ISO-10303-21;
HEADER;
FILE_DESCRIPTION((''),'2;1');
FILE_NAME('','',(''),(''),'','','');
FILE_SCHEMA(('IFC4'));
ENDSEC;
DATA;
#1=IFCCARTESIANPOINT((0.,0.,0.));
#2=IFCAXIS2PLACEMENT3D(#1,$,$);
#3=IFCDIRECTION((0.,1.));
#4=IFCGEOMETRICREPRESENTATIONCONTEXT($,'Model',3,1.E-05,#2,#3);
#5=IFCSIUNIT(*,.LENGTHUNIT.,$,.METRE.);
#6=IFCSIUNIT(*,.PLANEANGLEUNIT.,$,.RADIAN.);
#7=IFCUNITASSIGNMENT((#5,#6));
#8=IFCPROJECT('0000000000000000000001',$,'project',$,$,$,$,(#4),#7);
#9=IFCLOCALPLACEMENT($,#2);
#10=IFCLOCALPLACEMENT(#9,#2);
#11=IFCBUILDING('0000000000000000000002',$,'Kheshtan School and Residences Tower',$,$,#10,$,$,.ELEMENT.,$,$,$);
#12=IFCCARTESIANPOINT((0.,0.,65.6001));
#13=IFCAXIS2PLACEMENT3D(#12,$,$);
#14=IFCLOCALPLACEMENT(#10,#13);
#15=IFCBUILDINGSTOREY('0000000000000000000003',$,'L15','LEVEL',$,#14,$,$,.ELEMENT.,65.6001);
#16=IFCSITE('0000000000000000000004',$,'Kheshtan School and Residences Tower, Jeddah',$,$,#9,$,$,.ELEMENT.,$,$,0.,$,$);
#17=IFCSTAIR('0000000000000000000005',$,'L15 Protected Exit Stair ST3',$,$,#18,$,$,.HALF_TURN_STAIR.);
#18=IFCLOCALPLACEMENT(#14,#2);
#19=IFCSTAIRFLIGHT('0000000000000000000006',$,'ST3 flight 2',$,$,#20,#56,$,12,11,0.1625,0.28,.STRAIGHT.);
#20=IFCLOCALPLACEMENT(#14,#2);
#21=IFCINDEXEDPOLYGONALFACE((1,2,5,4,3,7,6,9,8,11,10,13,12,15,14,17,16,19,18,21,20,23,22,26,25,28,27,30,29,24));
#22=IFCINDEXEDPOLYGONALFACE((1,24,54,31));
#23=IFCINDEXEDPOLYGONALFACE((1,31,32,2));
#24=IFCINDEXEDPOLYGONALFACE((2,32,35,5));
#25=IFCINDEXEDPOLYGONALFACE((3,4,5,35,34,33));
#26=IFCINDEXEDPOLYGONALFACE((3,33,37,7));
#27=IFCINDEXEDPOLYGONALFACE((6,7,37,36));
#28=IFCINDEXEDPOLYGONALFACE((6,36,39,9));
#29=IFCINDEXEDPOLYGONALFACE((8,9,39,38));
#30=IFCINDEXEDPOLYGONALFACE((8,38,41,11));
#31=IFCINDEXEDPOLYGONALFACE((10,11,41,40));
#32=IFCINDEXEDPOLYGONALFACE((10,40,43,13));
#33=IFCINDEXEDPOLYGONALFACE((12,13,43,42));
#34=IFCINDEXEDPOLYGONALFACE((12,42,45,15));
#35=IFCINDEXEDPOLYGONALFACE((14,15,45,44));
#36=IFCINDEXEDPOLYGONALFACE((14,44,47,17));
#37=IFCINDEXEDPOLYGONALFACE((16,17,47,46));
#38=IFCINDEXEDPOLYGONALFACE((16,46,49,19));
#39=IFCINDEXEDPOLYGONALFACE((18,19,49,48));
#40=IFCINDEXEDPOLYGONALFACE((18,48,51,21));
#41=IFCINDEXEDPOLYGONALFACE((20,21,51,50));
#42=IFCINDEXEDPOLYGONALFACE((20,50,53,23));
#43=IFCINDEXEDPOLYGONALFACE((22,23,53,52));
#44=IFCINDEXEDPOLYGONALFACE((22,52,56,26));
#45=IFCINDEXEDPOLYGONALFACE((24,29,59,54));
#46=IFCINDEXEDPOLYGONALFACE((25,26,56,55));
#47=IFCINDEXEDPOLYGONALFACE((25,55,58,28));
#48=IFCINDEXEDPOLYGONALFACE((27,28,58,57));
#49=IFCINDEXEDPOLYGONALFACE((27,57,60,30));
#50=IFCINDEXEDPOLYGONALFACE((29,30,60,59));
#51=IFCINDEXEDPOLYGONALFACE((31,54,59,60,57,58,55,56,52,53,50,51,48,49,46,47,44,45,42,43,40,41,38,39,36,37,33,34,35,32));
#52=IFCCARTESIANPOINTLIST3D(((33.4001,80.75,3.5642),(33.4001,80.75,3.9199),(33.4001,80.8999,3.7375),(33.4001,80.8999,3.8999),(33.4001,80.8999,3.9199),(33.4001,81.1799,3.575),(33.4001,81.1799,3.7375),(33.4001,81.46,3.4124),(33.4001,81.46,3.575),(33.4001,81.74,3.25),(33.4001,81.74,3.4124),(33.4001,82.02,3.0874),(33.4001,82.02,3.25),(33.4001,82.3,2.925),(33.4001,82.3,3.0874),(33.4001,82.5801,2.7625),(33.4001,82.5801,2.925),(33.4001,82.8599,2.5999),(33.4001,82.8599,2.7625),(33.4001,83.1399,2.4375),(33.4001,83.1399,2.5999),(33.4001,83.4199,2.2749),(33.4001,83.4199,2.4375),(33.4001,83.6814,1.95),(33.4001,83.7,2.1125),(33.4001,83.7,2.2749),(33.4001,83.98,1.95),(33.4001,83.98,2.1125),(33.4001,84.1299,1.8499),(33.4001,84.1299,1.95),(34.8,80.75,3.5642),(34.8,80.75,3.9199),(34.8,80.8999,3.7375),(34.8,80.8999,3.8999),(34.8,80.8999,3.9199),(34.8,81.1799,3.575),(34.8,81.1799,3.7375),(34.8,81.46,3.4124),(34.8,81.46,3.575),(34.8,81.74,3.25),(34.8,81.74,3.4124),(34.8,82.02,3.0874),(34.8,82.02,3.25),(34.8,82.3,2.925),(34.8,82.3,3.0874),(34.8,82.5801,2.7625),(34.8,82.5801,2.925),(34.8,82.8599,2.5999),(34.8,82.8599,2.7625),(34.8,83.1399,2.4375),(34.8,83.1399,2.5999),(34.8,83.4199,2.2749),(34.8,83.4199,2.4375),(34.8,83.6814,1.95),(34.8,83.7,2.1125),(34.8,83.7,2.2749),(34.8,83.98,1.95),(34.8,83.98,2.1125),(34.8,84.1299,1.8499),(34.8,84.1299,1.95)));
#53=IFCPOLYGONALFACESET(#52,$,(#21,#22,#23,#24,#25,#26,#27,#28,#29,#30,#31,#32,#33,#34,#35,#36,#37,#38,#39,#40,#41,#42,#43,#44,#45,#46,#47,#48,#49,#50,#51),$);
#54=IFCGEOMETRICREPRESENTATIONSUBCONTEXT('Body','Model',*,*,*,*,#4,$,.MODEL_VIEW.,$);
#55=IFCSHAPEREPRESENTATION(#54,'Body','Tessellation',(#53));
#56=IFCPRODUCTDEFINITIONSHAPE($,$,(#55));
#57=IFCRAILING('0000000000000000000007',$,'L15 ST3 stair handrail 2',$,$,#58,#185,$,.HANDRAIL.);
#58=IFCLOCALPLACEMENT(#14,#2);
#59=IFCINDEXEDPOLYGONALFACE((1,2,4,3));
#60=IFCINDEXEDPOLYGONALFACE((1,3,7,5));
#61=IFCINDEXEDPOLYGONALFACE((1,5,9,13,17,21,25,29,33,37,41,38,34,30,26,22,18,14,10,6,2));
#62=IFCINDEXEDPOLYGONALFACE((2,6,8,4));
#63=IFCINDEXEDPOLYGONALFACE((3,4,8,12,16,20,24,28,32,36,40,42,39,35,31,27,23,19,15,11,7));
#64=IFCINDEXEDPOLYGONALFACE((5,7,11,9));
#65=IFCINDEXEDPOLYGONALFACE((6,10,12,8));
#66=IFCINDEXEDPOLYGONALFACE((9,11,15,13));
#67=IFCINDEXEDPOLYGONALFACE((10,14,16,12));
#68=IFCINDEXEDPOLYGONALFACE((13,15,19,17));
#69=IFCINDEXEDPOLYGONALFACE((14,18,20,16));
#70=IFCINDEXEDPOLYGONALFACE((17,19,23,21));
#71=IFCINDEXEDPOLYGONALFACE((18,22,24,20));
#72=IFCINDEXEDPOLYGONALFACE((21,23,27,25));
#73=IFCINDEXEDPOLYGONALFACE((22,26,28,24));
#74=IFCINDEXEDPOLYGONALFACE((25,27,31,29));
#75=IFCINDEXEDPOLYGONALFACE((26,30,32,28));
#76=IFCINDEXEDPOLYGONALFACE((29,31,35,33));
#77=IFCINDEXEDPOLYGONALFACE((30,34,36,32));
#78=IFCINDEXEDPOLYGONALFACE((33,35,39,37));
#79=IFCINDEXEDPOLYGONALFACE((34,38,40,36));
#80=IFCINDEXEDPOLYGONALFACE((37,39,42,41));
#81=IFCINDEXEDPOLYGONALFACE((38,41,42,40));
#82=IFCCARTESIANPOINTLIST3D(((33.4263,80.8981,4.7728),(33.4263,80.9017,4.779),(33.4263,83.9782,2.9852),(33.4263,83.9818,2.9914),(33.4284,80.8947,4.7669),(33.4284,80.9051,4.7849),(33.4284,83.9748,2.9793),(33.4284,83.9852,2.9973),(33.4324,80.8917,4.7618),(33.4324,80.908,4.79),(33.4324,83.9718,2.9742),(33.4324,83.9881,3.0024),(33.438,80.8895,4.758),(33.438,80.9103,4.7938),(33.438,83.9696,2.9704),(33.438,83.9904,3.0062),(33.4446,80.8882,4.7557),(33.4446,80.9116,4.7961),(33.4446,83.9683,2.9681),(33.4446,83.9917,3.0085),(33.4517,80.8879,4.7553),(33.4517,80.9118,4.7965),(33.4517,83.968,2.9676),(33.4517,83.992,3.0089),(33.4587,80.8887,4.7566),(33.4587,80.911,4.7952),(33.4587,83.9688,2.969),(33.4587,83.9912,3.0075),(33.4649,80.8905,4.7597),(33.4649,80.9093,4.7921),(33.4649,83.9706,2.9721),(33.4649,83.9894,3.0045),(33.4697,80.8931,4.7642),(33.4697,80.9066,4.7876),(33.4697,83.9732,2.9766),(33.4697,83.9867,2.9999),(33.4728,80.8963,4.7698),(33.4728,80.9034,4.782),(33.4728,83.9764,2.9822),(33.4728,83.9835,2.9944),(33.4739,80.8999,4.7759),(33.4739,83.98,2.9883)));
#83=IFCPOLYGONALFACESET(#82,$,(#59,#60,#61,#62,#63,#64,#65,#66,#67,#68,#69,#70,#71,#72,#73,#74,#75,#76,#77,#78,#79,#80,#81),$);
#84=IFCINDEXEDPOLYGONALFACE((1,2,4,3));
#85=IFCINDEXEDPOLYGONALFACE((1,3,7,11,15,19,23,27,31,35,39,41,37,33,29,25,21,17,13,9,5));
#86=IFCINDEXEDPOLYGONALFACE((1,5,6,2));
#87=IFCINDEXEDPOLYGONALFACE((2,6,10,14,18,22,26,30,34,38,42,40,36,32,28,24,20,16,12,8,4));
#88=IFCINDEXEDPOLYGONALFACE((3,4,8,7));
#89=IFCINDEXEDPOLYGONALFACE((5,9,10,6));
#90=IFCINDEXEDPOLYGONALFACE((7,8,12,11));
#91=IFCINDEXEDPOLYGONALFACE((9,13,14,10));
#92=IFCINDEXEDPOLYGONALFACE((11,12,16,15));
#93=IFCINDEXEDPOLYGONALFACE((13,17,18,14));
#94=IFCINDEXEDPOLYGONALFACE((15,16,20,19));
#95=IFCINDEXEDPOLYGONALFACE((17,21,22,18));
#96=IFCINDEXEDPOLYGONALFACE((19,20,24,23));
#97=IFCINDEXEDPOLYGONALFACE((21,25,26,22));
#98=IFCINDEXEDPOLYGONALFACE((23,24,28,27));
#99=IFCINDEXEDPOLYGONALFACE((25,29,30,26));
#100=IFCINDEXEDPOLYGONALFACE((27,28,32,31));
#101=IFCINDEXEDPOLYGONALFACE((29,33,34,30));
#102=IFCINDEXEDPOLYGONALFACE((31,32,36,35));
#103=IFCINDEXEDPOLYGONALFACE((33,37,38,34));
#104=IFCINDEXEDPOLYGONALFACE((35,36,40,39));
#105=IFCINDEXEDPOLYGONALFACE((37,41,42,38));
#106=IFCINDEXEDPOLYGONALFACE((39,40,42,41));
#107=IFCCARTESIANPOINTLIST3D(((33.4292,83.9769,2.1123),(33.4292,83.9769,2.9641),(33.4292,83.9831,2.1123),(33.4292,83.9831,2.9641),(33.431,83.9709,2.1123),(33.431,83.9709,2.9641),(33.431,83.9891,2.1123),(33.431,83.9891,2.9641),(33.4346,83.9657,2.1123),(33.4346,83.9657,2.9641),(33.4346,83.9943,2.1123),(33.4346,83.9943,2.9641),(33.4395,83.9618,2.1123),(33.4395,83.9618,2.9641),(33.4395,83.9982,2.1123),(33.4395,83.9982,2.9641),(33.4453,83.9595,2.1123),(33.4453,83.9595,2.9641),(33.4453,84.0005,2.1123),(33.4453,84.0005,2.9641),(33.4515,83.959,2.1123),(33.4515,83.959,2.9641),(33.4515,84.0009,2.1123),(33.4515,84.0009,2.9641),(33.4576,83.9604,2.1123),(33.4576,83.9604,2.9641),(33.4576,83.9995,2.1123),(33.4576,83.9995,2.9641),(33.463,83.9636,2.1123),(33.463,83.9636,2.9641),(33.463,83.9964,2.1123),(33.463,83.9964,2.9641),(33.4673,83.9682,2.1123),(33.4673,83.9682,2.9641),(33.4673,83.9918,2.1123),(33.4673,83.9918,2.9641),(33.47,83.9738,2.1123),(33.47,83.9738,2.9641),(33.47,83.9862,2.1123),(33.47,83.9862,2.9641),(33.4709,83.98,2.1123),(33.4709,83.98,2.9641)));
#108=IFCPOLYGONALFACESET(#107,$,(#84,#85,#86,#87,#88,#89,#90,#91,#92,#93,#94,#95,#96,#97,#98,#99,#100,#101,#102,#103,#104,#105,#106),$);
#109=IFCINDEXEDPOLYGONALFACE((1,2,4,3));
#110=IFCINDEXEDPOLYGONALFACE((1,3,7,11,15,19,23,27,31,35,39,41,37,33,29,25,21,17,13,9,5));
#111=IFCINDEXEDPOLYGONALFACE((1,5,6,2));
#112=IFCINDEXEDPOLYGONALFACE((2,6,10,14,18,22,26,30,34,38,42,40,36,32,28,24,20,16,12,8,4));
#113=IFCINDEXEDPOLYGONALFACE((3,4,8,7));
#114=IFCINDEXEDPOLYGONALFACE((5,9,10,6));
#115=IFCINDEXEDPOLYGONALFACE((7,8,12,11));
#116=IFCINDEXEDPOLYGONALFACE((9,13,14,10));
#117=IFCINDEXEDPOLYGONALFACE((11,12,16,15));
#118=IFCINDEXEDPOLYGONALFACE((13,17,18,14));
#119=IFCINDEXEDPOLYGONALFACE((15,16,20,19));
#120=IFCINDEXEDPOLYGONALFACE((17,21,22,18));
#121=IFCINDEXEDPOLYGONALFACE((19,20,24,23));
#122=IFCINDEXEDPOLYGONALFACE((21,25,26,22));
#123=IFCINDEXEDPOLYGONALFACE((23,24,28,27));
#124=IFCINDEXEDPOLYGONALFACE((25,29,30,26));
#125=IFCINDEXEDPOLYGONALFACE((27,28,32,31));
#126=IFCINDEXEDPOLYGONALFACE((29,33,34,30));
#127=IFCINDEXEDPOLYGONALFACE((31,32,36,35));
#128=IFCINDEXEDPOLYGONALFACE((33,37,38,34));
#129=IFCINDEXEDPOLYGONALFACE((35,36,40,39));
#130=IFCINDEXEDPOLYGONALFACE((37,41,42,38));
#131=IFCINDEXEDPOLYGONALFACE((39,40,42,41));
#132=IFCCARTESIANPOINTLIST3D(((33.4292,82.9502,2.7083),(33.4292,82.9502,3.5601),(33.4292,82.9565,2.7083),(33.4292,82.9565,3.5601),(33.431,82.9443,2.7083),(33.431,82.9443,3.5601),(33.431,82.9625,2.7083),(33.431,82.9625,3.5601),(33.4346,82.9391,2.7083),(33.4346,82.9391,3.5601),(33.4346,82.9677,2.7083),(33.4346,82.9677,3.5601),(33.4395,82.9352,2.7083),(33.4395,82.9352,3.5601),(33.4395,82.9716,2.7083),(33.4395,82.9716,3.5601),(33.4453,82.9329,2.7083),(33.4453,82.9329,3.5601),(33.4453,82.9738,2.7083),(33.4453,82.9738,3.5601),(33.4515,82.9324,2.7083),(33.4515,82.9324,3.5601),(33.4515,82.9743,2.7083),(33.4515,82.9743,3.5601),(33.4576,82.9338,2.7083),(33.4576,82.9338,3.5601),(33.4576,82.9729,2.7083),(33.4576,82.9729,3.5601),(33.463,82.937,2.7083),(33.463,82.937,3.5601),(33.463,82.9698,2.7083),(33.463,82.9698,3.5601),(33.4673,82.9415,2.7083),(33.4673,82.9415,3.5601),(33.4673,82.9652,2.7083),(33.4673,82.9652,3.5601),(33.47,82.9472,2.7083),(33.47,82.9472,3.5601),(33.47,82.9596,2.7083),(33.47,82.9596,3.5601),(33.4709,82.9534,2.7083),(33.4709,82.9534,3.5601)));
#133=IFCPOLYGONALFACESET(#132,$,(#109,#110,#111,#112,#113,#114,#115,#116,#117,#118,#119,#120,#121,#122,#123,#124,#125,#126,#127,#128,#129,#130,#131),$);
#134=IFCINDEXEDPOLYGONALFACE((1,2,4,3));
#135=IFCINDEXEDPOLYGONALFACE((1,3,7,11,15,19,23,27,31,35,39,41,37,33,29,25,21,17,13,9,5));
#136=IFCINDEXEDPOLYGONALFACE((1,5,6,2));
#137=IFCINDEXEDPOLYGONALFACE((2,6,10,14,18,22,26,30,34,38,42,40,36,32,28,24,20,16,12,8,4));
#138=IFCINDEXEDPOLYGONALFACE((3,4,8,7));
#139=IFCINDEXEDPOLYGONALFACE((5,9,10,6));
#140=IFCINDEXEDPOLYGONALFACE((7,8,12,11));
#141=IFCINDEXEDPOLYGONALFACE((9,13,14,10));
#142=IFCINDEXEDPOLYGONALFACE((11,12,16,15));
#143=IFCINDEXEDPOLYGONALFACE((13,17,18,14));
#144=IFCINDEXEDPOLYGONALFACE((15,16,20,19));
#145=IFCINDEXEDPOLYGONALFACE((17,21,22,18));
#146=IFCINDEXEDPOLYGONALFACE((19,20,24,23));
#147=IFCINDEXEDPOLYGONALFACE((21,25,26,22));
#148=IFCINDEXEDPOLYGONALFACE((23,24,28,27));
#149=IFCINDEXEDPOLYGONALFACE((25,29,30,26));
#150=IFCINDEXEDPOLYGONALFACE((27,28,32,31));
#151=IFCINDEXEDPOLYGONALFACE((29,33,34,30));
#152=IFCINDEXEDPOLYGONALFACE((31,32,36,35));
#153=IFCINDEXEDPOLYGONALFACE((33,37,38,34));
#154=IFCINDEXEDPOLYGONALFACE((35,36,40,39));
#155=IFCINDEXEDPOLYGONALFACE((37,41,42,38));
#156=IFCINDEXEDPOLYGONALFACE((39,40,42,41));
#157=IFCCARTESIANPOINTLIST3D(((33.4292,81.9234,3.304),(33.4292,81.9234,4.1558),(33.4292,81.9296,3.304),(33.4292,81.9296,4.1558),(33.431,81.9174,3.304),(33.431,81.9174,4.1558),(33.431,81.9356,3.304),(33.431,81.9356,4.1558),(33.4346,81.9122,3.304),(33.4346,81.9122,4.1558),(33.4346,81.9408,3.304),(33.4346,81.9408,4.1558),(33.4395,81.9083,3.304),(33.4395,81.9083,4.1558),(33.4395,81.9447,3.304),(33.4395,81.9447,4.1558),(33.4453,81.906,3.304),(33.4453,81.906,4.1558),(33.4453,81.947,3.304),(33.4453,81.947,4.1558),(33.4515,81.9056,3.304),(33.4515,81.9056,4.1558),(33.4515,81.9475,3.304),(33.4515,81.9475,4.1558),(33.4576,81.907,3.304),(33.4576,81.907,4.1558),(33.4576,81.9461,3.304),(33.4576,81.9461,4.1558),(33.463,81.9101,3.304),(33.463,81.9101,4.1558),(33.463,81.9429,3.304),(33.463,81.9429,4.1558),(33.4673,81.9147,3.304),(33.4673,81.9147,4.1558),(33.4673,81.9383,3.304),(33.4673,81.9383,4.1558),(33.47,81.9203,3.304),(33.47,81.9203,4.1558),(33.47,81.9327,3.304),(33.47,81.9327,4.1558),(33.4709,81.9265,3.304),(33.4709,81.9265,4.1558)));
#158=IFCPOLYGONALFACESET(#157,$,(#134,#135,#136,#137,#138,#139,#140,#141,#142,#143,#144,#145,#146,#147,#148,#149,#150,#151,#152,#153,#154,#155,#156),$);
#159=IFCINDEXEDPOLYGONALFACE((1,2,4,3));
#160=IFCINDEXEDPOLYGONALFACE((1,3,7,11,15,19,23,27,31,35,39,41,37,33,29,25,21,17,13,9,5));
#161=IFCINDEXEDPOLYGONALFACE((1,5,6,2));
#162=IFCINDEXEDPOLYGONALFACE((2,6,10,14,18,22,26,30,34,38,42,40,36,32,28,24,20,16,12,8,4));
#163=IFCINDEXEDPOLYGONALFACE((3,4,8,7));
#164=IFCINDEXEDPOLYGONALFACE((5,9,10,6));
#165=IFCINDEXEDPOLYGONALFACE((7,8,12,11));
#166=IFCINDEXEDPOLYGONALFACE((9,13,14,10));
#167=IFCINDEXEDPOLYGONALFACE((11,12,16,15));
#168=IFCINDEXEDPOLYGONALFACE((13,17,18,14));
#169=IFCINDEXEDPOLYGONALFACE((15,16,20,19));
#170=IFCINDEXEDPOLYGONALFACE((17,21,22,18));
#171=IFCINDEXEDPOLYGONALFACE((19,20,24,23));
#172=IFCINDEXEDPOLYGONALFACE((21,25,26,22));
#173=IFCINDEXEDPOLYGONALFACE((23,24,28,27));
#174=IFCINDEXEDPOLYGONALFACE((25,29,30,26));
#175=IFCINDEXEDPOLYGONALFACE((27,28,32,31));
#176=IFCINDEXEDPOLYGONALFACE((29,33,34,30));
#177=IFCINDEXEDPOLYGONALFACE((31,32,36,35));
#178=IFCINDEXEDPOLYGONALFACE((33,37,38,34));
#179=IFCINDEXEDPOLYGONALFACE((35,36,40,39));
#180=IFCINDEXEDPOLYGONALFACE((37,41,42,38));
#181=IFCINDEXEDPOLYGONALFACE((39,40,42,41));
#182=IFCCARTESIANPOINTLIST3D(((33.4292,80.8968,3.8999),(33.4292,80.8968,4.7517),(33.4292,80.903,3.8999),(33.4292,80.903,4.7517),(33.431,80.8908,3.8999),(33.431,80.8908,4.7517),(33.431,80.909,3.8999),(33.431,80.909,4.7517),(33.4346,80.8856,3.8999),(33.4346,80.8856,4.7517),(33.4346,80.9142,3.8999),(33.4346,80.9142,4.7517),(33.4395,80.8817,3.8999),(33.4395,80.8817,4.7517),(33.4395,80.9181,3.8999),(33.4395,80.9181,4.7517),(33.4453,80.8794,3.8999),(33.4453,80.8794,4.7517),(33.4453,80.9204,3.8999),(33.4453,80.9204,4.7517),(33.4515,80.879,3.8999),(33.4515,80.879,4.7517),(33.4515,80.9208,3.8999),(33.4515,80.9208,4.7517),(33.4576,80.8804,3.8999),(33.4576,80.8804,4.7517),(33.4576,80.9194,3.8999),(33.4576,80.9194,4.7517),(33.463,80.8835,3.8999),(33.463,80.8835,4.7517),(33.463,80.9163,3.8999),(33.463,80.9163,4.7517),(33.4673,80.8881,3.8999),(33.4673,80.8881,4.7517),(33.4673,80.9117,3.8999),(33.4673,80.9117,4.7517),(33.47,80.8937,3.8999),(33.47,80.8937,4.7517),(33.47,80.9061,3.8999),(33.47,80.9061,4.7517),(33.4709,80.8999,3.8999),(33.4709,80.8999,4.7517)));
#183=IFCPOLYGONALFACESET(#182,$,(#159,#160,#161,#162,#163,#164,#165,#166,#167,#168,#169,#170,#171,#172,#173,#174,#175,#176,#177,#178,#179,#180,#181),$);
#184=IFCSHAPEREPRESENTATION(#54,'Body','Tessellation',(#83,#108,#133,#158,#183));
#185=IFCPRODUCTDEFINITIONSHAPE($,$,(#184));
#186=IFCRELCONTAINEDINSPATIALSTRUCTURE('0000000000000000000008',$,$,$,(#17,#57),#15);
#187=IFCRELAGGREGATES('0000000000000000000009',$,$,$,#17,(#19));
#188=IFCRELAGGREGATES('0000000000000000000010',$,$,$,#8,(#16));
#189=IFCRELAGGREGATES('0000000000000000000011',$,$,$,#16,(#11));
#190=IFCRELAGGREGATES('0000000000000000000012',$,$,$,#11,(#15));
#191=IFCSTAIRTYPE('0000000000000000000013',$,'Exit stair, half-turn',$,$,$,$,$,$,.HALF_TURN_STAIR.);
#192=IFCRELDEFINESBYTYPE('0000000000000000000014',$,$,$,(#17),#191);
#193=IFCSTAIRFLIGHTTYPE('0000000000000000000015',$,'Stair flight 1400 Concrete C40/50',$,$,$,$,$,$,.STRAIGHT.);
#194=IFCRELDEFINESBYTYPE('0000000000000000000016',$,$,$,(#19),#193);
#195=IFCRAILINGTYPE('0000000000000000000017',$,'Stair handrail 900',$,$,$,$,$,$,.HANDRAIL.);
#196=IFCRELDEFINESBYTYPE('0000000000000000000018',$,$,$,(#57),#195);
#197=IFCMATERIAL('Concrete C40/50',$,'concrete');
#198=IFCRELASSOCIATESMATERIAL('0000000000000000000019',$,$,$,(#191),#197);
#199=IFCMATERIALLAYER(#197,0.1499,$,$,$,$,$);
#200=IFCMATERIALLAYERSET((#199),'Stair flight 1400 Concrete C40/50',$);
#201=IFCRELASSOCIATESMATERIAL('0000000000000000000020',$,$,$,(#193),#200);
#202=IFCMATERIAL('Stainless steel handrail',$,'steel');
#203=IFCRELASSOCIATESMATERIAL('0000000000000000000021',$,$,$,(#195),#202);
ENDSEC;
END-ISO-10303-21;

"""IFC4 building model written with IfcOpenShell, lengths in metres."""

from ifc_helpers import new_model, si_unit, direction, frame, origin, origin_2d, place, context, subcontext, project, spatial, polyline, circle, outline, extrude, material, layer, layer_set, type_object, element, aggregate, save


model = new_model("IFC4")

# Units and contexts
model_context = context("Model", 3, precision=1e-05, world=origin(), true_north=direction((0.0, 1.0)))
body_context = subcontext(model_context, "Body", "Model", "MODEL_VIEW")
ifc_project = project(units=[si_unit("LENGTHUNIT", "METRE"), si_unit("PLANEANGLEUNIT", "RADIAN")], contexts=[model_context])

# Site, building, storey
site_placement = place(None, origin())
site = spatial("IfcSite", under=ifc_project, at=site_placement, Name="Kheshtan School and Residences Tower, Jeddah", CompositionType="ELEMENT", RefElevation=0.0)
building_placement = place(site_placement, origin())
building = spatial("IfcBuilding", under=site, at=building_placement, Name="Kheshtan School and Residences Tower", CompositionType="ELEMENT")
storey_placement = place(building_placement, frame((0.0, 0.0, 65.6001)))
storey = spatial("IfcBuildingStorey", under=building, at=storey_placement, Name="L15", Description="LEVEL", CompositionType="ELEMENT", Elevation=65.6001)

# Shared definitions
ifc_material_1 = material(Name="Concrete C40/50", Category="concrete")

# Stair, stair flight
stair_type = type_object("IfcStairType", Name="Exit stair, half-turn", PredefinedType="HALF_TURN_STAIR", material=ifc_material_1)
stair_placement = place(storey_placement, origin())
stair = element("IfcStair", 1, at=stair_placement, inside=storey, type_object=stair_type, Name="L15 Protected Exit Stair ST3", PredefinedType="HALF_TURN_STAIR")
ifc_layer_1 = layer(ifc_material_1, 0.1499)
ifc_layer_set_1 = layer_set([ifc_layer_1], Name="Stair flight 1400 Concrete C40/50")
stair_flight_type = type_object("IfcStairFlightType", Name="Stair flight 1400 Concrete C40/50", PredefinedType="STRAIGHT", material=ifc_layer_set_1)
stair_flight_placement = place(storey_placement, frame((34.1001, 83.98, 1.95), z_axis=(0.0, 0.0, 1.0), x_axis=(0.0, -1.0, 0.0)))
stair_flight = element("IfcStairFlight", 2, at=stair_flight_placement, type_object=stair_flight_type, Name="ST3 flight 2", NumberOfRisers=12, NumberOfTreads=11, PredefinedType="STRAIGHT", RiserHeight=0.1625, TreadLength=0.28, context=body_context, shape_type="SweptSolid", body=[
    extrude(outline(polyline([(-0.1499, -0.1001), (-0.1499, 0.0), (0.0, 0.0), (0.0, 0.1626), (0.28, 0.1626), (0.28, 0.325), (0.5601, 0.325), (0.5601, 0.4875), (0.8401, 0.4875), (0.8401, 0.6499), (1.1201, 0.6499), (1.1201, 0.8125), (1.3999, 0.8125), (1.3999, 0.9751), (1.6799, 0.9751), (1.6799, 1.1375), (1.96, 1.1375), (1.96, 1.3), (2.24, 1.3), (2.24, 1.4624), (2.52, 1.4624), (2.52, 1.625), (2.8, 1.625), (2.8, 1.7876), (3.0801, 1.7876), (3.0801, 1.95), (3.0801, 1.97), (3.23, 1.97), (3.23, 1.6143), (0.2986, 0.0), (-0.1499, -0.1001)])), frame((0.0, 0.7, 0.0), z_axis=(0.0, -1.0, 0.0), x_axis=(1.0, 0.0, 0.0)), (0.0, 0.0, 1.0), 1.3999),
])
aggregate(stair, [stair_flight])

# Railing
ifc_material_2 = material(Name="Stainless steel handrail", Category="steel")
railing_type_1 = type_object("IfcRailingType", Name="Stair handrail 900", PredefinedType="HANDRAIL", material=ifc_material_2)
railing_1_placement = place(storey_placement, frame((33.45, 83.98, 2.1123)))
element("IfcRailing", 3, at=railing_1_placement, inside=storey, type_object=railing_type_1, Name="L15 ST3 stair handrail 2", PredefinedType="HANDRAIL", context=body_context, shape_type="SweptSolid", body=[
    extrude(circle(Radius=0.0239, at=origin_2d()), frame((0.0, 0.0, 0.876), z_axis=(0.0, -0.864891, 0.50196), x_axis=(1.0, 0.0, 0.0)), (0.0, 0.0, 1.0), 3.5613),
    extrude(circle(Radius=0.021, at=origin_2d()), origin(), (0.0, 0.0, 1.0), 0.8518),
    extrude(circle(Radius=0.021, at=origin_2d()), frame((0.0, -1.0266, 0.5959)), (0.0, 0.0, 1.0), 0.8518),
    extrude(circle(Radius=0.021, at=origin_2d()), frame((0.0, -2.0535, 1.1917)), (0.0, 0.0, 1.0), 0.8518),
    extrude(circle(Radius=0.021, at=origin_2d()), frame((0.0, -3.0801, 1.7876)), (0.0, 0.0, 1.0), 0.8518),
])

save(model, "model.ifc")
